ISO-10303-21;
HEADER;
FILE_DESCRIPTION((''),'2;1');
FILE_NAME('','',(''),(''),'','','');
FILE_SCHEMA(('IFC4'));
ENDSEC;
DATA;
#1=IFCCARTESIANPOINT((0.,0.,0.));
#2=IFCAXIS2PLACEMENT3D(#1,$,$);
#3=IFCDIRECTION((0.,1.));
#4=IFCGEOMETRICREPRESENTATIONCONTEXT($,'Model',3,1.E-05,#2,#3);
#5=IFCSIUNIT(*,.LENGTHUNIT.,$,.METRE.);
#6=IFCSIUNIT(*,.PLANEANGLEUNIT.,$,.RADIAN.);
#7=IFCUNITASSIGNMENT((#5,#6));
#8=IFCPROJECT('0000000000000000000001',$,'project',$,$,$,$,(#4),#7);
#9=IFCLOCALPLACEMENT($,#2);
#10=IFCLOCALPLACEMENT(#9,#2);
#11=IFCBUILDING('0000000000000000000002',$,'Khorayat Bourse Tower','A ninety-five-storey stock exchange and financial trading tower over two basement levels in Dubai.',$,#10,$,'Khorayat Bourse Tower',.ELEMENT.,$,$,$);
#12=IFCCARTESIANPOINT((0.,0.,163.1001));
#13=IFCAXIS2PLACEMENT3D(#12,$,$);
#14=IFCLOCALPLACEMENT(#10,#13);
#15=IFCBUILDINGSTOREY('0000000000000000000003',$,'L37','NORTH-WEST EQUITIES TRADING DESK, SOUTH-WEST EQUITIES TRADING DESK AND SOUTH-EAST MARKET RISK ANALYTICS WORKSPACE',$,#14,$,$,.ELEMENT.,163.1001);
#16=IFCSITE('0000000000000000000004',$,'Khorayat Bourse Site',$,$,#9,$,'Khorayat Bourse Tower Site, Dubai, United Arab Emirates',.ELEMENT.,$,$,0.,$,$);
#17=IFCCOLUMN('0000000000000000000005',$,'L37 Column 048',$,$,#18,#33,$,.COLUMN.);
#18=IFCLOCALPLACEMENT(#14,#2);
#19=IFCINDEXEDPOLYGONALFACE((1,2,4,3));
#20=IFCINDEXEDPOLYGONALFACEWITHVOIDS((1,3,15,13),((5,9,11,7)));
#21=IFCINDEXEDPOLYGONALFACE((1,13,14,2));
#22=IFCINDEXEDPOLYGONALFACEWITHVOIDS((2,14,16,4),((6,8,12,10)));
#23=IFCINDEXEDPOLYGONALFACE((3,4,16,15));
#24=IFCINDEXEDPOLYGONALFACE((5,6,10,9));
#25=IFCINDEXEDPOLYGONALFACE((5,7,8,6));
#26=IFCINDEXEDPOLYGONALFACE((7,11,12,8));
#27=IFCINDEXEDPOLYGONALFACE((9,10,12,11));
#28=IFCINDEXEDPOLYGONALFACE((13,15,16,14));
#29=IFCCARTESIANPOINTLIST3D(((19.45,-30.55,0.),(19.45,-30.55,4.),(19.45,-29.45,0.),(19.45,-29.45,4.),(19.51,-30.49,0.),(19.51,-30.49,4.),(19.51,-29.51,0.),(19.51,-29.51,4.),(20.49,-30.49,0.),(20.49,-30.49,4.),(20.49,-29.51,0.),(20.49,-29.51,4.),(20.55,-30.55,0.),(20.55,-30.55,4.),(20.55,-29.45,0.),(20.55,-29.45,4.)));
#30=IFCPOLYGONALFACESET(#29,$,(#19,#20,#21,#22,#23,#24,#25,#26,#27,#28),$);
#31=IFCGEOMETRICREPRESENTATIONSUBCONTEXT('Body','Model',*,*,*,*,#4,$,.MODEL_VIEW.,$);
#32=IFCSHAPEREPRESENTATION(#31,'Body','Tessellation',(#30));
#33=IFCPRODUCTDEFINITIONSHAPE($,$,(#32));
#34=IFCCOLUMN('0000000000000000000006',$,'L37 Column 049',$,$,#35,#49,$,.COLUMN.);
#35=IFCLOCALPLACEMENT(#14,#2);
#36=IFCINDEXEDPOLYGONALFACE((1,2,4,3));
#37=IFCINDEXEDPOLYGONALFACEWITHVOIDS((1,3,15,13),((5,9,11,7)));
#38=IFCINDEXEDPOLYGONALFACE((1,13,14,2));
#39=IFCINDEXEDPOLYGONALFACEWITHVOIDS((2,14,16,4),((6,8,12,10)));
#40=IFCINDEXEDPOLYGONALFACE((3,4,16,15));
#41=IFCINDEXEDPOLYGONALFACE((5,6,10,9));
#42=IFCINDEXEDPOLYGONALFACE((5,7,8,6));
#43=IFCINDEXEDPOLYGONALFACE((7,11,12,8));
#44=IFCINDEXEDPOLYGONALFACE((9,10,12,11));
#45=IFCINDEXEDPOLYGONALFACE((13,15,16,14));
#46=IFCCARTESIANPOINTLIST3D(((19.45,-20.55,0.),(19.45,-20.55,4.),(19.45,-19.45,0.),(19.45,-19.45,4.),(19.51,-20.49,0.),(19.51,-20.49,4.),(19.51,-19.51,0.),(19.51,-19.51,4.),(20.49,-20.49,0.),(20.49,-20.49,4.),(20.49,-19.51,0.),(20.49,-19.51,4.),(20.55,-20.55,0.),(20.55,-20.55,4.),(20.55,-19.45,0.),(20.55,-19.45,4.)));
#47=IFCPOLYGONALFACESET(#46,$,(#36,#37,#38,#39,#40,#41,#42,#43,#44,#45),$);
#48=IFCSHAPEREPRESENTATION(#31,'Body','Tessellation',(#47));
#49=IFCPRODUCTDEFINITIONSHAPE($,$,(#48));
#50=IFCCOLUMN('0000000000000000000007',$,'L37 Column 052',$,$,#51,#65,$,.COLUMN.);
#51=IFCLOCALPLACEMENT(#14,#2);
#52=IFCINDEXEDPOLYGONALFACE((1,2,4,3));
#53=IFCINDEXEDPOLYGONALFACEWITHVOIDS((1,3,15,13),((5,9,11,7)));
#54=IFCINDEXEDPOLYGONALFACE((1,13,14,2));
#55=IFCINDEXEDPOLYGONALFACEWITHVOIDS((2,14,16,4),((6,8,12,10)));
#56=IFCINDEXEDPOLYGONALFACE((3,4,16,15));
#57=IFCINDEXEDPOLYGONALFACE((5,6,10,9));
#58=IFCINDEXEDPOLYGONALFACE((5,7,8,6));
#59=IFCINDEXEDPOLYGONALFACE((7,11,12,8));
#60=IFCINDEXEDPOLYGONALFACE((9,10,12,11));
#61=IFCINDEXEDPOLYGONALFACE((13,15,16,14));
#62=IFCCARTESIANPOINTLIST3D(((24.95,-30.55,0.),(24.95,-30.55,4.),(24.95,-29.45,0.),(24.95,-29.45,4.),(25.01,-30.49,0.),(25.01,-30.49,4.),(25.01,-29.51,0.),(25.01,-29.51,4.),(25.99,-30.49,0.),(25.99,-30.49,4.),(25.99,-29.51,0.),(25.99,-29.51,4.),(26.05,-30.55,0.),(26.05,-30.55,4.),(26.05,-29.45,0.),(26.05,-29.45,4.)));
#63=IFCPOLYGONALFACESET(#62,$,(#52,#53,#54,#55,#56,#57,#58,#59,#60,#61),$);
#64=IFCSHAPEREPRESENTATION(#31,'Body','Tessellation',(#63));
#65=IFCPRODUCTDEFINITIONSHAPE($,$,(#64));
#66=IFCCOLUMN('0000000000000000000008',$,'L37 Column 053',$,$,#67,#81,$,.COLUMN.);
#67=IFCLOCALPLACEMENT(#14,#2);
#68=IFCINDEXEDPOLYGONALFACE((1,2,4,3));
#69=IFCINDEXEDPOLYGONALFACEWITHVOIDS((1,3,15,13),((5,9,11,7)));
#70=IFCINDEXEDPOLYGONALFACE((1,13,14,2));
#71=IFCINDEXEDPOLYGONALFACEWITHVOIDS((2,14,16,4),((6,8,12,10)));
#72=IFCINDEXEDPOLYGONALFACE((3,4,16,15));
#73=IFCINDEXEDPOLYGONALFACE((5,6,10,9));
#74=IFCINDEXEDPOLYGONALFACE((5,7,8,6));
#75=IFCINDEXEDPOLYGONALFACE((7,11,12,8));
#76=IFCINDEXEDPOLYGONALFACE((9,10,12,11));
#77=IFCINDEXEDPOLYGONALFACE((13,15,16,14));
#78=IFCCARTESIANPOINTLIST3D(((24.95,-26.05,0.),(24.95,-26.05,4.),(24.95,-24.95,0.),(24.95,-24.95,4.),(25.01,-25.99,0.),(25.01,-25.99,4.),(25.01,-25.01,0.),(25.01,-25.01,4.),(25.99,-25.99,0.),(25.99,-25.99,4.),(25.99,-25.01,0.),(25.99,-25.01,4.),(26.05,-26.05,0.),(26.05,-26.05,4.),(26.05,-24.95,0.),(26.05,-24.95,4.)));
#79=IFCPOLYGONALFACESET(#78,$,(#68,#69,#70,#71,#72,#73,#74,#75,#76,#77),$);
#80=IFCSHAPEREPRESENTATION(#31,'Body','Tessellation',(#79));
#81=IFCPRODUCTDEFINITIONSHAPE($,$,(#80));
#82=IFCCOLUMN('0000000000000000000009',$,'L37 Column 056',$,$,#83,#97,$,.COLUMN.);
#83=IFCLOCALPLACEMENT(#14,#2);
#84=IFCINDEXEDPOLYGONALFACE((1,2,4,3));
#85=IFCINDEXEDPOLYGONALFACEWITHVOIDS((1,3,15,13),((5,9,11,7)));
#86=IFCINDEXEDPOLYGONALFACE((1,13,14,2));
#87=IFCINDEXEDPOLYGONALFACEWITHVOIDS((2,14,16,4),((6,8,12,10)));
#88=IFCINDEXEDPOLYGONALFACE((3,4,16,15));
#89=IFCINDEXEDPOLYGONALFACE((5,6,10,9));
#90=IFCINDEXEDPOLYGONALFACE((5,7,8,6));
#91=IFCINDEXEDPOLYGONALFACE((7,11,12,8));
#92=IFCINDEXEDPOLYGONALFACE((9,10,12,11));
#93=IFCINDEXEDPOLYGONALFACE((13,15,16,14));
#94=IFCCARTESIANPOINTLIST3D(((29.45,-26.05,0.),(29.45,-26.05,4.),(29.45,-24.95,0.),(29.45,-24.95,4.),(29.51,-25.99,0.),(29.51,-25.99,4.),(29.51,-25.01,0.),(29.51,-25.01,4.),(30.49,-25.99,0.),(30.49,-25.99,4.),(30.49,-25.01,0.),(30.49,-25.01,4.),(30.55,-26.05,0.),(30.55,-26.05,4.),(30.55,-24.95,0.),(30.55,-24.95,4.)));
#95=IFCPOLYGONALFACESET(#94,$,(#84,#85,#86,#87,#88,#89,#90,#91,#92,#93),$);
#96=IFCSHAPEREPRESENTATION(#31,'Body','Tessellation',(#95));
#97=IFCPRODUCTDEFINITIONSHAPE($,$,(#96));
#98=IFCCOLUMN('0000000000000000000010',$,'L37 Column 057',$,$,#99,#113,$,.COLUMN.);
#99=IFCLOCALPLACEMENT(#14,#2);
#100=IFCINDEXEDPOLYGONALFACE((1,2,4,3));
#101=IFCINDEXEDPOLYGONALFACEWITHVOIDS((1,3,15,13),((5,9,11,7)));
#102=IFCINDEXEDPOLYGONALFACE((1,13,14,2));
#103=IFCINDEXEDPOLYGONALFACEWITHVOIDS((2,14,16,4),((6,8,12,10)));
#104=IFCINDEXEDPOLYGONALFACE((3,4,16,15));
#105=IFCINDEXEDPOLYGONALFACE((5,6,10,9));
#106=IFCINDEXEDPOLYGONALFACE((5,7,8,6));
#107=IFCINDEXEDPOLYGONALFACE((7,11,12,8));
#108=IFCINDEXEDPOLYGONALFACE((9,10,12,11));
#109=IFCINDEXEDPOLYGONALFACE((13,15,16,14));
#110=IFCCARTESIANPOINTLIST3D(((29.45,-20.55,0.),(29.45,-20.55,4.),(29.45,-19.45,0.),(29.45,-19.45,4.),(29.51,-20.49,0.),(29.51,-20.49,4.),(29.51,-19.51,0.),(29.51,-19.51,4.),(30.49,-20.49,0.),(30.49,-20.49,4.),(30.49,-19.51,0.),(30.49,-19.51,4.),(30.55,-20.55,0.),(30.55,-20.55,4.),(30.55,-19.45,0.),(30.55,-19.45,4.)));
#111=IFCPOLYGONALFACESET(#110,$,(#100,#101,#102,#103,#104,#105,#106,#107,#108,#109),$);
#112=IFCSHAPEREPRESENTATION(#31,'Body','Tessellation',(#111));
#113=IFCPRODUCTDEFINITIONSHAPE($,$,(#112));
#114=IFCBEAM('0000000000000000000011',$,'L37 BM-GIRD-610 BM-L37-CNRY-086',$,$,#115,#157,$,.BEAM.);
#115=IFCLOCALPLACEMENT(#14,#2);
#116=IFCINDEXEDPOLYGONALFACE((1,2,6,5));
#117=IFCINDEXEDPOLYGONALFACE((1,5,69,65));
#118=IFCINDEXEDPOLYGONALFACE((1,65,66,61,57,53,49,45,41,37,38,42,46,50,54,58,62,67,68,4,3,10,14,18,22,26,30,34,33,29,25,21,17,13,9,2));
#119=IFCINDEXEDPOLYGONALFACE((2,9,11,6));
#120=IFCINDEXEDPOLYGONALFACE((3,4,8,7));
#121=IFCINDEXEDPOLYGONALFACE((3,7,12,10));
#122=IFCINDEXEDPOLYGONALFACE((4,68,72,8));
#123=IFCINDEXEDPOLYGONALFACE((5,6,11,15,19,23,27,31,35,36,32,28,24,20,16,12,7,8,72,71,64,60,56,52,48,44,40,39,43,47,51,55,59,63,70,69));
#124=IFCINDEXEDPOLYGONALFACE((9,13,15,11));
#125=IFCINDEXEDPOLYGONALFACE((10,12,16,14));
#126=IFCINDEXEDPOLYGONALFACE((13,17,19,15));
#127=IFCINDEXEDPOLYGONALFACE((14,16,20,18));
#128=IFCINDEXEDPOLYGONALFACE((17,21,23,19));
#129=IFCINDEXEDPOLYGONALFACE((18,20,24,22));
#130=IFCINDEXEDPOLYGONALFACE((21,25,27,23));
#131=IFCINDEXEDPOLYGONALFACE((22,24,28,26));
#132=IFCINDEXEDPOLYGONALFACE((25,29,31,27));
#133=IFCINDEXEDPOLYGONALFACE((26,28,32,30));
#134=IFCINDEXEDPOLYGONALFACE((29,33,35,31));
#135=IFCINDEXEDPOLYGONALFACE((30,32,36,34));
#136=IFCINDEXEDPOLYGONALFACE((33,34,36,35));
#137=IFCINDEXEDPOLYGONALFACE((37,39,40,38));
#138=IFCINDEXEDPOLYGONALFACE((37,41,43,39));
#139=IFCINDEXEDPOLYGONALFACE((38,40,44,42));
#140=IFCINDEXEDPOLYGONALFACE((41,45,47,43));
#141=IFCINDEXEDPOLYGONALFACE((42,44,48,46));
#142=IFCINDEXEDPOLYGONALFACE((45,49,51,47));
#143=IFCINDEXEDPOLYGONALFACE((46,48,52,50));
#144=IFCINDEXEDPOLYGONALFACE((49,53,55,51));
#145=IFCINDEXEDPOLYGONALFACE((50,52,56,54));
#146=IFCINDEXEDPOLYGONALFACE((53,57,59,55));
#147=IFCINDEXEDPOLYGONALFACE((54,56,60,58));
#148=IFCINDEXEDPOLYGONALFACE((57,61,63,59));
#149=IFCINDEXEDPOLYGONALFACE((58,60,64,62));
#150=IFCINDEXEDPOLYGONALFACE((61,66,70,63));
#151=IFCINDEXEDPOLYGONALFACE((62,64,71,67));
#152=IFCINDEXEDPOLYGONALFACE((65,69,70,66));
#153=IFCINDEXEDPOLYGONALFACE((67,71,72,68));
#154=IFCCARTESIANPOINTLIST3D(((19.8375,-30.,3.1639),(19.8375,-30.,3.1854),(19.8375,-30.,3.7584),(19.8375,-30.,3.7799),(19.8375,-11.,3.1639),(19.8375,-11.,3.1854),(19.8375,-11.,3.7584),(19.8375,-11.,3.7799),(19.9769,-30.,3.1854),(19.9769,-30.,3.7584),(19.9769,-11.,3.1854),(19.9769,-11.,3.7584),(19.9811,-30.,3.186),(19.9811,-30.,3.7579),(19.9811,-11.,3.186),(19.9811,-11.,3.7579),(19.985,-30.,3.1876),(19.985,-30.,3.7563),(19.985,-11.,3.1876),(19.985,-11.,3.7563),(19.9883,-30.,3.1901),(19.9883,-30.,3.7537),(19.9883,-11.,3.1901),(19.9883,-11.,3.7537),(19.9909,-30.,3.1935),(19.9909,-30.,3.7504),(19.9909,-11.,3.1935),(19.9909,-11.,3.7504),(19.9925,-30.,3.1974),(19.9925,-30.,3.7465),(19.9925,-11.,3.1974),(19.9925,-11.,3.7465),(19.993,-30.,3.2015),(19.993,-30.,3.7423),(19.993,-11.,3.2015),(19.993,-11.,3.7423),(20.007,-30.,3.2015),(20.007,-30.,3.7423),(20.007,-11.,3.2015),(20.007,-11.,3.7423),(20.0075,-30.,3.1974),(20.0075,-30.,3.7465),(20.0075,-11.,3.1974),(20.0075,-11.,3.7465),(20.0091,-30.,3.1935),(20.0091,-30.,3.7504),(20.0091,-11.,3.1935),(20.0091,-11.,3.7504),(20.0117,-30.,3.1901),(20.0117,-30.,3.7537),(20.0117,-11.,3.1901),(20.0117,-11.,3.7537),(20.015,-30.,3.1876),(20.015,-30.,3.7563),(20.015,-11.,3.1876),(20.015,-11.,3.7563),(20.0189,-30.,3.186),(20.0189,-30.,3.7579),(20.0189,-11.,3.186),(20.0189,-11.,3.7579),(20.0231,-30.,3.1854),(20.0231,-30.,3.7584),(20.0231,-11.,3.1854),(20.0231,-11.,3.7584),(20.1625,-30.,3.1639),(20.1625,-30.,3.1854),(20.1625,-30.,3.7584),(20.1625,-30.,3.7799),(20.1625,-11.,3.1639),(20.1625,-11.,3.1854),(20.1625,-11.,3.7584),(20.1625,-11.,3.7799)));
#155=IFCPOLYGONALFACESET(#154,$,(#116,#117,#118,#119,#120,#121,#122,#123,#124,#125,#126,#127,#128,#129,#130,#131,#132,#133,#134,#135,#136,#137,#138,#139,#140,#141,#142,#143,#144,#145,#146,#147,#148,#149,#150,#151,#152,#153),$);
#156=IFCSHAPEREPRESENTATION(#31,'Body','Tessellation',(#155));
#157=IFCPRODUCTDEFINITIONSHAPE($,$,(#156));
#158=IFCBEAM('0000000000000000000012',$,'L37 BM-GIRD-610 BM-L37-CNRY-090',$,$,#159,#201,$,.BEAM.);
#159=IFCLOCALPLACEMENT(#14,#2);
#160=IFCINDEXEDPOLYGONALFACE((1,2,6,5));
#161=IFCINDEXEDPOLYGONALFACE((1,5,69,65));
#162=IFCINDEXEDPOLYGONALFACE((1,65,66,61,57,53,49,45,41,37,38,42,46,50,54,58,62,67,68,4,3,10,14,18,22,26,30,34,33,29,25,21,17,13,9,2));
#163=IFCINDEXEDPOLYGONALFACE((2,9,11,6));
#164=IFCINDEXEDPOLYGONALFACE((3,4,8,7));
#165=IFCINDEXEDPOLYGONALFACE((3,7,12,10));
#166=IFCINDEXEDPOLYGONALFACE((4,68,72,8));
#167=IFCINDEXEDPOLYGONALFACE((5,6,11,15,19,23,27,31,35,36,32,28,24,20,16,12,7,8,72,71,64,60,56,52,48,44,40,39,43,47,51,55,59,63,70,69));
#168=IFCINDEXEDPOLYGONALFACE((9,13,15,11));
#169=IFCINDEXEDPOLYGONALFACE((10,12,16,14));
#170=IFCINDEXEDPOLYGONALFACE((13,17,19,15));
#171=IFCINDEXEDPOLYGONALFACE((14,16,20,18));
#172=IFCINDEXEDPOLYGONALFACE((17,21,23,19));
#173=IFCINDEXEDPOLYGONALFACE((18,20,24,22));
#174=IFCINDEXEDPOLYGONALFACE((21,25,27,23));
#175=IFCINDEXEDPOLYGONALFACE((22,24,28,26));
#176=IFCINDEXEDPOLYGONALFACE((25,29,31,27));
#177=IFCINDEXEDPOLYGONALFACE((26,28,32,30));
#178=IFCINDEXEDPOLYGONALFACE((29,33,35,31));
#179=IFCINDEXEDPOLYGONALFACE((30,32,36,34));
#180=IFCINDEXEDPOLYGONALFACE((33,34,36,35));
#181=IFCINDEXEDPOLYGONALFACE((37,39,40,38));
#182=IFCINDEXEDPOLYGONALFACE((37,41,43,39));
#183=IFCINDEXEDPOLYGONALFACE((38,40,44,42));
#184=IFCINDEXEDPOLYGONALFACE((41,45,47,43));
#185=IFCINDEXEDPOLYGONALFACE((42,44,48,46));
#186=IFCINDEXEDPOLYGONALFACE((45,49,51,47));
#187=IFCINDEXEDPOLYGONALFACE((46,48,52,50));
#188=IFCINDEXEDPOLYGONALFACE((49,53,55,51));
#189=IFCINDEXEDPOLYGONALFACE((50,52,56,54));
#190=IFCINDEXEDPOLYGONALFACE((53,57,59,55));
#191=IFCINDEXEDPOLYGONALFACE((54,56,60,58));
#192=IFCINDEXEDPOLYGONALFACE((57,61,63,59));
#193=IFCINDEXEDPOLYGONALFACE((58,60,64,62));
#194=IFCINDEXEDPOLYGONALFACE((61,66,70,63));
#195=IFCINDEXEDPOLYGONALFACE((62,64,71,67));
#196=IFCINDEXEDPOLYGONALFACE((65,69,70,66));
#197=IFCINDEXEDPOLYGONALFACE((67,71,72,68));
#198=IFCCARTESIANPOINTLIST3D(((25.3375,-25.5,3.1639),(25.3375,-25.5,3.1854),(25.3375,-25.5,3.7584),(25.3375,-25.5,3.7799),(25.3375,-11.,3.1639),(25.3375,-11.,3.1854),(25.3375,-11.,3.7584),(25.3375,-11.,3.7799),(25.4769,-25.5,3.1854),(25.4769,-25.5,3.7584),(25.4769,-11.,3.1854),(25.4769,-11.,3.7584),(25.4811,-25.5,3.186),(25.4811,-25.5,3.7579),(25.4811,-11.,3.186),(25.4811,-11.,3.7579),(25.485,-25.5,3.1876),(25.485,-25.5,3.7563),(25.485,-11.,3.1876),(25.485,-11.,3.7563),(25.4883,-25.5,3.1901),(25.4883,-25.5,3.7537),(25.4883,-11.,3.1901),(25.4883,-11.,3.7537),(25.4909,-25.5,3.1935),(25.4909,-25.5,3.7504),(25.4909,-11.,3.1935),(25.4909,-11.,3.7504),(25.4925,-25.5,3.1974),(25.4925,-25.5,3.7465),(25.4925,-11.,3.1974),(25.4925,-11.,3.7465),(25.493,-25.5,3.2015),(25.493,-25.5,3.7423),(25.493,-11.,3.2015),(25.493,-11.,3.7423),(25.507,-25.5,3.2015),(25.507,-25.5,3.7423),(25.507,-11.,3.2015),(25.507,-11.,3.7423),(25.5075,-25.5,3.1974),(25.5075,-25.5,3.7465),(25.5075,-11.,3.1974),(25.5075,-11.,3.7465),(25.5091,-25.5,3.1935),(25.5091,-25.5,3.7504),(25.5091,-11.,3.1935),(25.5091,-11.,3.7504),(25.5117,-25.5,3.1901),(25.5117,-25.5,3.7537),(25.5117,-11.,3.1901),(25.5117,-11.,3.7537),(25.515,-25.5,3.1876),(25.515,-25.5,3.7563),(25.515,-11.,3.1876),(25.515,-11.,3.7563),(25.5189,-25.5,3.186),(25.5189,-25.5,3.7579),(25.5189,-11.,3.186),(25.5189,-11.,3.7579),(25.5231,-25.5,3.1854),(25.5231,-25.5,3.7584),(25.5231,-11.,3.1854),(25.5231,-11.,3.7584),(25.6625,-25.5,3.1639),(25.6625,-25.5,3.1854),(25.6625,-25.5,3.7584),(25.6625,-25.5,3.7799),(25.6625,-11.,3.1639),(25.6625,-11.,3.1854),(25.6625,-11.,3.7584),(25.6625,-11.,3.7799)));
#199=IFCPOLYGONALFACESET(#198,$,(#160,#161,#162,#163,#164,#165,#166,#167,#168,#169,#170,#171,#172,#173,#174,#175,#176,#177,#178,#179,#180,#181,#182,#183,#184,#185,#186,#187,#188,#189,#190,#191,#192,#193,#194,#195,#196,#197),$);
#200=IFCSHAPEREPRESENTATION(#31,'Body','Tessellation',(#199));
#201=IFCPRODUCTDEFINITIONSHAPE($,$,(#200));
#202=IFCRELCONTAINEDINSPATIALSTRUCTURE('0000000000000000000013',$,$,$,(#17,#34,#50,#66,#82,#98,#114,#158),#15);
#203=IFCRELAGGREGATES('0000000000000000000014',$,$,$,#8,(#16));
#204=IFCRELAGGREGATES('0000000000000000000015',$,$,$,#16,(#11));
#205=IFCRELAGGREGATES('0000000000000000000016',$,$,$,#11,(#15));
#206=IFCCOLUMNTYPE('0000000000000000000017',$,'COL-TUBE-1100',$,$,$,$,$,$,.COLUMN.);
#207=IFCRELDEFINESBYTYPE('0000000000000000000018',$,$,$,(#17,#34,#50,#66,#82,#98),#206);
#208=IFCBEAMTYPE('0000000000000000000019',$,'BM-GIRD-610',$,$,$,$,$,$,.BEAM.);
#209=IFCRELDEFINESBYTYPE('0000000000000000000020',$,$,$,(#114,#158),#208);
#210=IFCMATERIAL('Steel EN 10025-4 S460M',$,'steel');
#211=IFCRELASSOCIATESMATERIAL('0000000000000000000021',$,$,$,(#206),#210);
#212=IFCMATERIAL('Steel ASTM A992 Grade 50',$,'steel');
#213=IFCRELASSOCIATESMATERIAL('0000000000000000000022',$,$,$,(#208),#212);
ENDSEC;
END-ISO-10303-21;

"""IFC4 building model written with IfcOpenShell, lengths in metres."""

from ifc_helpers import new_model, si_unit, direction, frame, origin, origin_2d, place, context, subcontext, project, spatial, hollow_rectangle, i_section, extrude, source, transform, mapped, material, material_profile, profile_set, type_object, element, save


model = new_model("IFC4")

# Units and contexts
model_context = context("Model", 3, precision=1e-05, world=origin(), true_north=direction((0.0, 1.0)))
body_context = subcontext(model_context, "Body", "Model", "MODEL_VIEW")
ifc_project = project(units=[si_unit("LENGTHUNIT", "METRE"), si_unit("PLANEANGLEUNIT", "RADIAN")], contexts=[model_context])

# Site, building, storey
site_placement = place(None, origin())
site = spatial("IfcSite", under=ifc_project, at=site_placement, Name="Khorayat Bourse Site", LongName="Khorayat Bourse Tower Site, Dubai, United Arab Emirates", CompositionType="ELEMENT", RefElevation=0.0)
building_placement = place(site_placement, origin())
building = spatial("IfcBuilding", under=site, at=building_placement, Name="Khorayat Bourse Tower", Description="A ninety-five-storey stock exchange and financial trading tower over two basement levels in Dubai.", LongName="Khorayat Bourse Tower", CompositionType="ELEMENT")
storey_placement = place(building_placement, frame((0.0, 0.0, 163.1001)))
storey = spatial("IfcBuildingStorey", under=building, at=storey_placement, Name="L37", Description="NORTH-WEST EQUITIES TRADING DESK, SOUTH-WEST EQUITIES TRADING DESK AND SOUTH-EAST MARKET RISK ANALYTICS WORKSPACE", CompositionType="ELEMENT", Elevation=163.1001)

# Columns
ifc_material_1 = material(Name="Steel EN 10025-4 S460M", Category="steel")
ifc_material_profile_1 = material_profile(ifc_material_1, hollow_rectangle(XDim=1.1001, YDim=1.1001, WallThickness=0.0601, at=origin_2d()), Name="BOX 1100x1100x60")
ifc_profile_set_1 = profile_set([ifc_material_profile_1], Name="Steel EN 10025-4 S460M")
column_type = type_object("IfcColumnType", Name="COL-TUBE-1100", PredefinedType="COLUMN", material=ifc_profile_set_1)
shared_shape_1 = source(origin(), body_context, "Body", "SweptSolid", [
    extrude(hollow_rectangle(XDim=1.1001, YDim=1.1001, WallThickness=0.0601, at=origin_2d()), origin(), (0.0, 0.0, 1.0), 4.0),
])
for number, where, z_axis, x_axis, name in (
    (1, (20.0, -30.0, 0.0), (0.0, 0.0, 1.0), (1.0, 0.0, 0.0), "L37 Column 048"),
    (2, (20.0, -20.0, 0.0), (0.0, 0.0, 1.0), (1.0, 0.0, 0.0), "L37 Column 049"),
    (3, (25.5, -30.0, 0.0), (0.0, 0.0, 1.0), (1.0, 0.0, 0.0), "L37 Column 052"),
    (4, (25.5, -25.5, 0.0), (0.0, 0.0, 1.0), (1.0, 0.0, 0.0), "L37 Column 053"),
    (5, (30.0, -25.5, 0.0), (0.0, 0.0, 1.0), (1.0, 0.0, 0.0), "L37 Column 056"),
    (6, (30.0, -20.0, 0.0), (0.0, 0.0, 1.0), (1.0, 0.0, 0.0), "L37 Column 057"),
):
    element("IfcColumn", number, at=place(storey_placement, frame(where, z_axis=z_axis, x_axis=x_axis)), inside=storey, type_object=column_type, Name=name, PredefinedType="COLUMN", context=body_context, shape_type="MappedRepresentation", body=[
        mapped(shared_shape_1, transform((0.0, 0.0, 0.0), scale=1.0)),
    ])

# Beams
ifc_material_2 = material(Name="Steel ASTM A992 Grade 50", Category="steel")
ifc_material_profile_2 = material_profile(ifc_material_2, i_section(OverallWidth=0.325, OverallDepth=0.616, WebThickness=0.0139, FlangeThickness=0.0215, FilletRadius=0.0161, at=origin_2d()), Name="W610X174")
ifc_profile_set_2 = profile_set([ifc_material_profile_2], Name="Steel ASTM A992 Grade 50")
beam_type_1 = type_object("IfcBeamType", Name="BM-GIRD-610", PredefinedType="BEAM", material=ifc_profile_set_2)
shared_shape_2 = source(origin(), body_context, "Body", "SweptSolid", [
    extrude(i_section(OverallWidth=0.325, OverallDepth=0.616, WebThickness=0.0139, FlangeThickness=0.0215, FilletRadius=0.0161, at=origin_2d()), origin(), (0.0, 0.0, 1.0), 19.0),
])
beam_1_placement = place(storey_placement, frame((20.0, -30.0, 3.4719), z_axis=(0.0, 1.0, 0.0), x_axis=(-1.0, 0.0, 0.0)))
element("IfcBeam", 7, at=beam_1_placement, inside=storey, type_object=beam_type_1, Name="L37 BM-GIRD-610 BM-L37-CNRY-086", PredefinedType="BEAM", context=body_context, shape_type="MappedRepresentation", body=[
    mapped(shared_shape_2, transform((0.0, 0.0, 0.0), scale=1.0)),
])
shared_shape_3 = source(origin(), body_context, "Body", "SweptSolid", [
    extrude(i_section(OverallWidth=0.325, OverallDepth=0.616, WebThickness=0.0139, FlangeThickness=0.0215, FilletRadius=0.0161, at=origin_2d()), origin(), (0.0, 0.0, 1.0), 14.5),
])
beam_2_placement = place(storey_placement, frame((25.5, -25.5, 3.4719), z_axis=(0.0, 1.0, 0.0), x_axis=(-1.0, 0.0, 0.0)))
element("IfcBeam", 8, at=beam_2_placement, inside=storey, type_object=beam_type_1, Name="L37 BM-GIRD-610 BM-L37-CNRY-090", PredefinedType="BEAM", context=body_context, shape_type="MappedRepresentation", body=[
    mapped(shared_shape_3, transform((0.0, 0.0, 0.0), scale=1.0)),
])

save(model, "model.ifc")
